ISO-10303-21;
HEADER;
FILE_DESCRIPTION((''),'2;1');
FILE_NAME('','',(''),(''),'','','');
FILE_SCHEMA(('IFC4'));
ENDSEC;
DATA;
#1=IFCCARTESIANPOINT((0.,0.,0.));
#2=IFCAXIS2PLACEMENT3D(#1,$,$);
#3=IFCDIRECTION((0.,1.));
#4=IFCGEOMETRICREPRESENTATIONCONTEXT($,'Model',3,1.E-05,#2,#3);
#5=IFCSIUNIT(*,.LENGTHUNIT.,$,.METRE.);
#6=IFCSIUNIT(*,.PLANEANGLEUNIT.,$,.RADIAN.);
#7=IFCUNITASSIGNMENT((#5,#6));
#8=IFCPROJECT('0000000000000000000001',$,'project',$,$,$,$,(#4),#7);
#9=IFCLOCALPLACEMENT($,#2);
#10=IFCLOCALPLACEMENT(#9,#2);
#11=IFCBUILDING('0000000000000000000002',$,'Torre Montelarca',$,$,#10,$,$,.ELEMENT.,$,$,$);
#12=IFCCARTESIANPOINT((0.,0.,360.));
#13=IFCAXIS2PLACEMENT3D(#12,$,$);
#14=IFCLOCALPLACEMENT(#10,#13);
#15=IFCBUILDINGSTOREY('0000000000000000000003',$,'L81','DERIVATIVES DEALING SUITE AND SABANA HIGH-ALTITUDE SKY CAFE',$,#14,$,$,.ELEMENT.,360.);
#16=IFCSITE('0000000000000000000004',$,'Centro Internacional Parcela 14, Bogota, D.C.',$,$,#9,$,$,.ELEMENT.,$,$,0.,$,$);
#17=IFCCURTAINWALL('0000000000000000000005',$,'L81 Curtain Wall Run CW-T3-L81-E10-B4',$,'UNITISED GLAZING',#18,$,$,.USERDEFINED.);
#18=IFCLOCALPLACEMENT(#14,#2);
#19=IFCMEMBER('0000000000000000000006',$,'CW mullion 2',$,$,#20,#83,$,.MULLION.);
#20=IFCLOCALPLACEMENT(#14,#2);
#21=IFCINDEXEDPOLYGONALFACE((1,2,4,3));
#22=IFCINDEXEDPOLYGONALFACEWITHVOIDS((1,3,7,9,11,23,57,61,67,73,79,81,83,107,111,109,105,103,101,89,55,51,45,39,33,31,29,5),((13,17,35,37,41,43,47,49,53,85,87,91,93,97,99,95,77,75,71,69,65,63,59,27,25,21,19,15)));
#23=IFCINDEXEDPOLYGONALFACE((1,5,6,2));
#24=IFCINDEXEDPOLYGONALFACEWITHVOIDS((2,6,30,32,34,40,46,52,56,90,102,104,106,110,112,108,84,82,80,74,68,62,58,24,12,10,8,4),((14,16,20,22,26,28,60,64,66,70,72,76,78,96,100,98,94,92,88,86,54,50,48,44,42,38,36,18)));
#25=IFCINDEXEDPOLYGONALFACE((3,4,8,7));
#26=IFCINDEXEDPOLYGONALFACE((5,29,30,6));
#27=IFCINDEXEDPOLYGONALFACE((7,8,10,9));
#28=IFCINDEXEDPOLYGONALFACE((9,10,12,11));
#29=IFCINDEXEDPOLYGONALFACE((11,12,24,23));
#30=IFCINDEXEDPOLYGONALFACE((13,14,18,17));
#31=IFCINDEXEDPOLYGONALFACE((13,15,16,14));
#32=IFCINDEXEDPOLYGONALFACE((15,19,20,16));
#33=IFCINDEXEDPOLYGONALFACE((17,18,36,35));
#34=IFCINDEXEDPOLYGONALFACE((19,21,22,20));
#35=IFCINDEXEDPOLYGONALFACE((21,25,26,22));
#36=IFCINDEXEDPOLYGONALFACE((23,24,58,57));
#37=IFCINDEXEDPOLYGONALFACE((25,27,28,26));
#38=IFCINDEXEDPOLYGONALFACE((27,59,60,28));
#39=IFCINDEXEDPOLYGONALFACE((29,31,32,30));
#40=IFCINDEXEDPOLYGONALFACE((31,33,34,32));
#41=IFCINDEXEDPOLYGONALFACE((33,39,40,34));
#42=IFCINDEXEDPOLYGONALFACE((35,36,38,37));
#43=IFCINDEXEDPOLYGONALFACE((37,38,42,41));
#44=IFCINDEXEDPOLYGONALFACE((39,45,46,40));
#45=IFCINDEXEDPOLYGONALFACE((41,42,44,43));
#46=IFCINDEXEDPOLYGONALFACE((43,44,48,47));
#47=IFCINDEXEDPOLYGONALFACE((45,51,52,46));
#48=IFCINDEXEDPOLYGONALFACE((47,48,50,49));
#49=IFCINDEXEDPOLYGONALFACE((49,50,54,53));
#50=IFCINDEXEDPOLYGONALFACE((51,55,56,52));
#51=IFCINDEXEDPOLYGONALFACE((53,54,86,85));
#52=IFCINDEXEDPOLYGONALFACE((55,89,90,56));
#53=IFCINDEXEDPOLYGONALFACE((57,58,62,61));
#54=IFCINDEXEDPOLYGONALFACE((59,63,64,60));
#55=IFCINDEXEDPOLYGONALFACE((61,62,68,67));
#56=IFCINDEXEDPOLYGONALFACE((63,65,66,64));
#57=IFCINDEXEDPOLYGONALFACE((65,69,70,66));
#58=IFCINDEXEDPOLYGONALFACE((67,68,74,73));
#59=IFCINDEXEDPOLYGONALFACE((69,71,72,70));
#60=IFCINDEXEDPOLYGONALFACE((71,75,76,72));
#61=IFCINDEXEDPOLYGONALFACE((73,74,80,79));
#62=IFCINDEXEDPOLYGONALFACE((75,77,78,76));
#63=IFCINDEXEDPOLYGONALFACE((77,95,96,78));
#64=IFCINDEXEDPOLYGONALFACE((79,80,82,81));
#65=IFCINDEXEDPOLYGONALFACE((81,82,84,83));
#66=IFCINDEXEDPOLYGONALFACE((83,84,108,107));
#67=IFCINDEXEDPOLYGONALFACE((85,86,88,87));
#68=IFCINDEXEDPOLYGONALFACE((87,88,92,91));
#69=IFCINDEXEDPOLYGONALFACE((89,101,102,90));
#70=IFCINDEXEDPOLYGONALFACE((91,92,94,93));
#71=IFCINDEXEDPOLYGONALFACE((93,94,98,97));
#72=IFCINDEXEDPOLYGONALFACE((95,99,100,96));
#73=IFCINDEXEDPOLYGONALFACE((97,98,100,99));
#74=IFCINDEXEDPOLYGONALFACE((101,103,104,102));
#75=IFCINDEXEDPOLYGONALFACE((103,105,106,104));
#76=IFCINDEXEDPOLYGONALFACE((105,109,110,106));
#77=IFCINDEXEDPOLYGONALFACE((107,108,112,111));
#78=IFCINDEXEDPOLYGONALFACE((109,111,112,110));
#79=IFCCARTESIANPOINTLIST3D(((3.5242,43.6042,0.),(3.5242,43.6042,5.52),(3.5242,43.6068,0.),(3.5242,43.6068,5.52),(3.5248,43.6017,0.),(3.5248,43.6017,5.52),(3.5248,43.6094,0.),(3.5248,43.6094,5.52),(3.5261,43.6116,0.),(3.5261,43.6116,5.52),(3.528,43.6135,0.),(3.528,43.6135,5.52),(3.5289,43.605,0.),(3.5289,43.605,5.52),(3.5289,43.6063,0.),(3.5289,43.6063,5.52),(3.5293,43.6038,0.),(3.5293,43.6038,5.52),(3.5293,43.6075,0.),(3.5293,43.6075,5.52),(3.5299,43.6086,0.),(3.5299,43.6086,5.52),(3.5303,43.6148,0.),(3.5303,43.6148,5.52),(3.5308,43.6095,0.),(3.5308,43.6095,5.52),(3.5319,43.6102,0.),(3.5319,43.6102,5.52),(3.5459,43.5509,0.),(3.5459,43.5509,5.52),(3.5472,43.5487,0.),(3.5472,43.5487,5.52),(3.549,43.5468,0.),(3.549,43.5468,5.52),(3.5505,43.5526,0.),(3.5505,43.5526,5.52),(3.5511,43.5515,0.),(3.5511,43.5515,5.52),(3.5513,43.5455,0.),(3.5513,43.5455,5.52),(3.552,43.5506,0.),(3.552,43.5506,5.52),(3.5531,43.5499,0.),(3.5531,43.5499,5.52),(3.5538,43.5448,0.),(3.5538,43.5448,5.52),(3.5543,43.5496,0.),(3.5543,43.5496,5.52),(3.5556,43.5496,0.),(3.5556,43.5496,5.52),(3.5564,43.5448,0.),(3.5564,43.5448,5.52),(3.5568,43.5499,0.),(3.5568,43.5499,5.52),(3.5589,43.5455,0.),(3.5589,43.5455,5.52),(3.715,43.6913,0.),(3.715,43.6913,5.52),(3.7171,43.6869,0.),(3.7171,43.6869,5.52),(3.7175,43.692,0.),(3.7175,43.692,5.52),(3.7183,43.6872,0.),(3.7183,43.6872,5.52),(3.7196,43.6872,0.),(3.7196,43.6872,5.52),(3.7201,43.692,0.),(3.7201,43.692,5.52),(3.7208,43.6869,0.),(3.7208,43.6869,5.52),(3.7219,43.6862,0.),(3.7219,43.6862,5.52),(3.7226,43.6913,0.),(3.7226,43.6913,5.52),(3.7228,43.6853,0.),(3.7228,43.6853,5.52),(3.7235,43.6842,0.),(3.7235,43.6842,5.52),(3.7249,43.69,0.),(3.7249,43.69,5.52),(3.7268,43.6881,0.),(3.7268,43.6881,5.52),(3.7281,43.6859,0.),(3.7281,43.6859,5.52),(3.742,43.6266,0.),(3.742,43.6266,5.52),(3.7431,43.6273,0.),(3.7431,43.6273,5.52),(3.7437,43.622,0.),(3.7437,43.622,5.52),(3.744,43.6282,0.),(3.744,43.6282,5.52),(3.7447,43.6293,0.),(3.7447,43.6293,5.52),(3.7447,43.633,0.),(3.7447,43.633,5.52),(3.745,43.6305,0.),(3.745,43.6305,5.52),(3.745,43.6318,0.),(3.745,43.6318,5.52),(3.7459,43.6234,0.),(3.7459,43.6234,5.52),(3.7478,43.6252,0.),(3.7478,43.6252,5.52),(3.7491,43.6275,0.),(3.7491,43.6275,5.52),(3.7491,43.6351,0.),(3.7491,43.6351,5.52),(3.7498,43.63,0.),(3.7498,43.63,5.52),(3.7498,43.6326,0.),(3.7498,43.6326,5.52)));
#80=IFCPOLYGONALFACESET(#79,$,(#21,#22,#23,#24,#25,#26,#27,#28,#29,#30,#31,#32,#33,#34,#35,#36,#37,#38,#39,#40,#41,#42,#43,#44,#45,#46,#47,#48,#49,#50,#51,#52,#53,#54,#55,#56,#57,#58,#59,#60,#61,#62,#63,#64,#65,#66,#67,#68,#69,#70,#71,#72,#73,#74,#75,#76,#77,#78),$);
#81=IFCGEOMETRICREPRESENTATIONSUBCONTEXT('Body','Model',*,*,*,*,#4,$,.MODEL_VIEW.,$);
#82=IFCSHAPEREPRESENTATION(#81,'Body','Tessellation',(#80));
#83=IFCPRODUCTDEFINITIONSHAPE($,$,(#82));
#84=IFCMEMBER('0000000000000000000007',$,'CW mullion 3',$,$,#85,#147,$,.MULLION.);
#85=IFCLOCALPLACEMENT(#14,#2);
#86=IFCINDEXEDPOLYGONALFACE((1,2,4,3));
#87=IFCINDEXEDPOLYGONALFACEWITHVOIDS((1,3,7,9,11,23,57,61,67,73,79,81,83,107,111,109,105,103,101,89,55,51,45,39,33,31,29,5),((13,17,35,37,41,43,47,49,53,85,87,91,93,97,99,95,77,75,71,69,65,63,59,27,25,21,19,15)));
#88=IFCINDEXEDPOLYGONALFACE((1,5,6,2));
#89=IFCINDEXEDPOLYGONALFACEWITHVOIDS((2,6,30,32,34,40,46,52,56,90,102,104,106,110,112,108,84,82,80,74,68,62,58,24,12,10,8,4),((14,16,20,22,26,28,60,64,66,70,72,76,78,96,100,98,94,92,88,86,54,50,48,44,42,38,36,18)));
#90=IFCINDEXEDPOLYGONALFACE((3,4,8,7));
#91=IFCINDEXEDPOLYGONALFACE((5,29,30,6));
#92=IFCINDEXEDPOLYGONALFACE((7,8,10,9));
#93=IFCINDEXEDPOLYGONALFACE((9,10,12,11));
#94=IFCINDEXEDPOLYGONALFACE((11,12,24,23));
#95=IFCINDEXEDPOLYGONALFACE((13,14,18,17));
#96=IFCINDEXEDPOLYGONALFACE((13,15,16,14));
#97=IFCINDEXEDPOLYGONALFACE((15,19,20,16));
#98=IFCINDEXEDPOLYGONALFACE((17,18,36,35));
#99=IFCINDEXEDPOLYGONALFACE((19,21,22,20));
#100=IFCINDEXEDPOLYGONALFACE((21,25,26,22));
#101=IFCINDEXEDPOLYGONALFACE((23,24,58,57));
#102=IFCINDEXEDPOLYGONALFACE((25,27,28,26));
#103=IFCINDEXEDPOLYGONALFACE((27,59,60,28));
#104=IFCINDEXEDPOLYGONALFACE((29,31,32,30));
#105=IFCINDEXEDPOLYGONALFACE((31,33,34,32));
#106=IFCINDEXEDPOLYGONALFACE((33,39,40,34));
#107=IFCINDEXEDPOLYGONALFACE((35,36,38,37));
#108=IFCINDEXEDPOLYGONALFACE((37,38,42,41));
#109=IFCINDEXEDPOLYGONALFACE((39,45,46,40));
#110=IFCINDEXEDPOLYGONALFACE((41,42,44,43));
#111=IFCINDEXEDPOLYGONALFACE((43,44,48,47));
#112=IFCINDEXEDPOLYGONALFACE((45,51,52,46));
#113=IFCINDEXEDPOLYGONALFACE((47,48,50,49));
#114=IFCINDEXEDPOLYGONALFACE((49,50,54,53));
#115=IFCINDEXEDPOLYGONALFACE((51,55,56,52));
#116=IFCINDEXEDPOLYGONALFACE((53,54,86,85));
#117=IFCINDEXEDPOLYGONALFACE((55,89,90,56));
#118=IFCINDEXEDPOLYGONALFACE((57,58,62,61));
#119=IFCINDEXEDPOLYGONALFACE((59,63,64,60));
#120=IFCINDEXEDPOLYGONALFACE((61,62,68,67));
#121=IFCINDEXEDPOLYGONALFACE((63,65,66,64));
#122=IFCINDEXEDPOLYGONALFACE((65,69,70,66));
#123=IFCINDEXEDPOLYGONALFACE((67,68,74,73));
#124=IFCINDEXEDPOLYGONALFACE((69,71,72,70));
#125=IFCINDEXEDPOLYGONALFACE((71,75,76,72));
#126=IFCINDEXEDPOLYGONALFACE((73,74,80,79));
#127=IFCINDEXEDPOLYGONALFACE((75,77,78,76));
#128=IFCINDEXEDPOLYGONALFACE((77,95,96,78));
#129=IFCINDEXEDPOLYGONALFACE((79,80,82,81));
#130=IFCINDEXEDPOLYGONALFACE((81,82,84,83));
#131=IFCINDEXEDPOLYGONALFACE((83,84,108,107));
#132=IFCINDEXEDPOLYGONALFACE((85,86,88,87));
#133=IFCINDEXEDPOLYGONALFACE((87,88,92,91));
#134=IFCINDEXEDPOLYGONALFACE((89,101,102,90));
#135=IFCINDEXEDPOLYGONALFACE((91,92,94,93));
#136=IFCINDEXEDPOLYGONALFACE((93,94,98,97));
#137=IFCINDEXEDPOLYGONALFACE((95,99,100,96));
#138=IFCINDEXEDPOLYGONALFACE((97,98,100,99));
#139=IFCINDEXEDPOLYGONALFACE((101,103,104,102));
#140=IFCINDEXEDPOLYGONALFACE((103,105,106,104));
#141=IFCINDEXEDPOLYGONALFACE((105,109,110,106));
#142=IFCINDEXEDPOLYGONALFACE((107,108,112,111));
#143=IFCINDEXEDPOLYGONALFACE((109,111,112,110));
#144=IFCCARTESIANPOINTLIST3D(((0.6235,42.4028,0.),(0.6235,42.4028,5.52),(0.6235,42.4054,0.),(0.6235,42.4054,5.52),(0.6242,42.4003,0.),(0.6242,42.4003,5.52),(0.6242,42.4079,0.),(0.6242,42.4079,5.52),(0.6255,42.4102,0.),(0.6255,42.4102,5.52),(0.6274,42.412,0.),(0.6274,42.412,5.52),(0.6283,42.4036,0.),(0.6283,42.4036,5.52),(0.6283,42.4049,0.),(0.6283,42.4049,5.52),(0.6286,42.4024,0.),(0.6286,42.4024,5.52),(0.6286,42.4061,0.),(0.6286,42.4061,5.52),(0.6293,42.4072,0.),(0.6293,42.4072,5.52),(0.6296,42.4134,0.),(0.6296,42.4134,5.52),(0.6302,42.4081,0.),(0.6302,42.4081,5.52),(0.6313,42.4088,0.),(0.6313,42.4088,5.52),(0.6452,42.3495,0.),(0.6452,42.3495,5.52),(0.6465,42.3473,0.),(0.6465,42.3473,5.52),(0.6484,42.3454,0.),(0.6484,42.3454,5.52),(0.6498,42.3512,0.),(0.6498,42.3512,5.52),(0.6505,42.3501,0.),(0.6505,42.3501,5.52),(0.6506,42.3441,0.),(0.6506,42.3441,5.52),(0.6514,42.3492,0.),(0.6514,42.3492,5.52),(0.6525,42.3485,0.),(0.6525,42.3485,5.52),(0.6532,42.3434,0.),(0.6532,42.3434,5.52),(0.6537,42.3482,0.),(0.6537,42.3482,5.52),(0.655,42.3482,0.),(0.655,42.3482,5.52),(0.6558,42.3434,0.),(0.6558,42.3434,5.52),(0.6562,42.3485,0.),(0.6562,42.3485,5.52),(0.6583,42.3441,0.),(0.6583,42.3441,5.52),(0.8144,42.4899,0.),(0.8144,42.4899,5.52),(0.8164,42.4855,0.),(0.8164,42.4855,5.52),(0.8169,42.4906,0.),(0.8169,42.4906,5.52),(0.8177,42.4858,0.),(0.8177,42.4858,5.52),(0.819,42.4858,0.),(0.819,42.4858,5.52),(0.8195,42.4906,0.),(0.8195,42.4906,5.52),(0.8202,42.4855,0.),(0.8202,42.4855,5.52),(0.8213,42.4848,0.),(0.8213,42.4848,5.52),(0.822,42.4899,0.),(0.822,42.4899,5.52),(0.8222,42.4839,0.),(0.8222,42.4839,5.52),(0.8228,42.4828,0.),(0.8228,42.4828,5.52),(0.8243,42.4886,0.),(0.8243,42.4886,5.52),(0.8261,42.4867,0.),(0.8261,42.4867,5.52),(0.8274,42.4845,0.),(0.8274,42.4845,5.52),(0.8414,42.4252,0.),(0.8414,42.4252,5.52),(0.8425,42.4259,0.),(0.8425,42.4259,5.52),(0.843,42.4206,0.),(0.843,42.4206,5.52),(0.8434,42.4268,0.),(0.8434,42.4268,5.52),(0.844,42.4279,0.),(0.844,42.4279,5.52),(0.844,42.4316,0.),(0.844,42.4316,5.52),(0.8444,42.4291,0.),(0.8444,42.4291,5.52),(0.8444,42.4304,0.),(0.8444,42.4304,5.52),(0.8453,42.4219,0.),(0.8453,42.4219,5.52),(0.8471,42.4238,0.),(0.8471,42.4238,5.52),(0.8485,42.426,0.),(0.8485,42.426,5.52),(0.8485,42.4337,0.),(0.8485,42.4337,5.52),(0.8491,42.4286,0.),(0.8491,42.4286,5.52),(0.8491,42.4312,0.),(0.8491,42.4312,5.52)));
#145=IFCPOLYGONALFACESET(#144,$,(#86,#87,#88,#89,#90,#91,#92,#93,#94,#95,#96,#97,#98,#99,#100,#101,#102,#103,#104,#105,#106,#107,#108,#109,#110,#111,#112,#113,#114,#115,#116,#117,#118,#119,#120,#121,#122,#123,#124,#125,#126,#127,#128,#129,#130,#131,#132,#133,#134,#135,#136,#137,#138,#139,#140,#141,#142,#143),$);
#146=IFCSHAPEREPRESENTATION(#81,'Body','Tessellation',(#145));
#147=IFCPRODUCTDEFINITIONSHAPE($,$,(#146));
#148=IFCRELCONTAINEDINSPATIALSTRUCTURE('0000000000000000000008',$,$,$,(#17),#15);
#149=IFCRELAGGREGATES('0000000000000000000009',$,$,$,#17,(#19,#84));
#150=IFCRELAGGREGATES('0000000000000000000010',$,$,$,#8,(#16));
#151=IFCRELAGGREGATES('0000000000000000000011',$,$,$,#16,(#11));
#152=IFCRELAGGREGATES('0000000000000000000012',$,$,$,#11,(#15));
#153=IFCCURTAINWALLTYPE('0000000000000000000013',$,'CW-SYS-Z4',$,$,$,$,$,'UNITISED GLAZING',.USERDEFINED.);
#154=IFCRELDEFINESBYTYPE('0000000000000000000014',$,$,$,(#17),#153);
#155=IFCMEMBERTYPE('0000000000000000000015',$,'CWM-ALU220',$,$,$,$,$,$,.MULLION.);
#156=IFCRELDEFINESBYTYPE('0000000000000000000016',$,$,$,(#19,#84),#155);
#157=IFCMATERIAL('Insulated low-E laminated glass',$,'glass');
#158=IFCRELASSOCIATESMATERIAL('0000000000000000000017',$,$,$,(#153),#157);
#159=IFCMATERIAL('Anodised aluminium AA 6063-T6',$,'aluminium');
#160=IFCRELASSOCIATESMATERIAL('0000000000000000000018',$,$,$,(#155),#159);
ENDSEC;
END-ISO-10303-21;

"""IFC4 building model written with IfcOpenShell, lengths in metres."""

from ifc_helpers import new_model, si_unit, direction, frame, origin, origin_2d, place, context, subcontext, project, spatial, hollow_rectangle, extrude, source, transform, mapped, material, material_profile, profile_set, type_object, element, aggregate, save


model = new_model("IFC4")

# Units and contexts
model_context = context("Model", 3, precision=1e-05, world=origin(), true_north=direction((0.0, 1.0)))
body_context = subcontext(model_context, "Body", "Model", "MODEL_VIEW")
ifc_project = project(units=[si_unit("LENGTHUNIT", "METRE"), si_unit("PLANEANGLEUNIT", "RADIAN")], contexts=[model_context])

# Site, building, storey
site_placement = place(None, origin())
site = spatial("IfcSite", under=ifc_project, at=site_placement, Name="Centro Internacional Parcela 14, Bogota, D.C.", CompositionType="ELEMENT", RefElevation=0.0)
building_placement = place(site_placement, origin())
building = spatial("IfcBuilding", under=site, at=building_placement, Name="Torre Montelarca", CompositionType="ELEMENT")
storey_placement = place(building_placement, frame((0.0, 0.0, 360.0)))
storey = spatial("IfcBuildingStorey", under=building, at=storey_placement, Name="L81", Description="DERIVATIVES DEALING SUITE AND SABANA HIGH-ALTITUDE SKY CAFE", CompositionType="ELEMENT", Elevation=360.0)

# Shared definitions
ifc_material_1 = material(Name="Insulated low-E laminated glass", Category="glass")
curtain_wall_type = type_object("IfcCurtainWallType", Name="CW-SYS-Z4", ElementType="UNITISED GLAZING", PredefinedType="USERDEFINED", material=ifc_material_1)
ifc_material_2 = material(Name="Anodised aluminium AA 6063-T6", Category="aluminium")
ifc_material_profile_1 = material_profile(ifc_material_2, hollow_rectangle(XDim=0.075, YDim=0.22, WallThickness=0.0049, InnerFilletRadius=0.0049, OuterFilletRadius=0.01, at=origin_2d()), Name="ALU75X220X5", Category="aluminium")
ifc_profile_set_1 = profile_set([ifc_material_profile_1], Name="Anodised aluminium AA 6063-T6")
member_type_1 = type_object("IfcMemberType", Name="CWM-ALU220", PredefinedType="MULLION", material=ifc_profile_set_1)
shared_shape_1 = source(origin(), body_context, "Body", "SweptSolid", [
    extrude(hollow_rectangle(XDim=0.075, YDim=0.22, WallThickness=0.0049, InnerFilletRadius=0.0049, OuterFilletRadius=0.01, at=origin_2d()), origin(), (0.0, 0.0, 1.0), 5.52),
])

# Curtain wall, members
curtain_wall_1_placement = place(storey_placement, origin())
curtain_wall_1 = element("IfcCurtainWall", 1, at=curtain_wall_1_placement, inside=storey, type_object=curtain_wall_type, Name="L81 Curtain Wall Run CW-T3-L81-E10-B4", ObjectType="UNITISED GLAZING", PredefinedType="USERDEFINED")
member_1_placement = place(storey_placement, frame((3.637, 43.6184, 0.0), z_axis=(0.0, 0.0, 1.0), x_axis=(0.382684, -0.923879, 0.0)))
member_1 = element("IfcMember", 2, at=member_1_placement, type_object=member_type_1, Name="CW mullion 2", PredefinedType="MULLION", context=body_context, shape_type="MappedRepresentation", body=[
    mapped(shared_shape_1, transform((0.0, 0.0, 0.0), scale=1.0)),
])
member_2_placement = place(storey_placement, frame((0.7363, 42.417, 0.0), z_axis=(0.0, 0.0, 1.0), x_axis=(0.382684, -0.923879, 0.0)))
member_2 = element("IfcMember", 3, at=member_2_placement, type_object=member_type_1, Name="CW mullion 3", PredefinedType="MULLION", context=body_context, shape_type="MappedRepresentation", body=[
    mapped(shared_shape_1, transform((0.0, 0.0, 0.0), scale=1.0)),
])

aggregate(curtain_wall_1, [member_1, member_2])

save(model, "model.ifc")
